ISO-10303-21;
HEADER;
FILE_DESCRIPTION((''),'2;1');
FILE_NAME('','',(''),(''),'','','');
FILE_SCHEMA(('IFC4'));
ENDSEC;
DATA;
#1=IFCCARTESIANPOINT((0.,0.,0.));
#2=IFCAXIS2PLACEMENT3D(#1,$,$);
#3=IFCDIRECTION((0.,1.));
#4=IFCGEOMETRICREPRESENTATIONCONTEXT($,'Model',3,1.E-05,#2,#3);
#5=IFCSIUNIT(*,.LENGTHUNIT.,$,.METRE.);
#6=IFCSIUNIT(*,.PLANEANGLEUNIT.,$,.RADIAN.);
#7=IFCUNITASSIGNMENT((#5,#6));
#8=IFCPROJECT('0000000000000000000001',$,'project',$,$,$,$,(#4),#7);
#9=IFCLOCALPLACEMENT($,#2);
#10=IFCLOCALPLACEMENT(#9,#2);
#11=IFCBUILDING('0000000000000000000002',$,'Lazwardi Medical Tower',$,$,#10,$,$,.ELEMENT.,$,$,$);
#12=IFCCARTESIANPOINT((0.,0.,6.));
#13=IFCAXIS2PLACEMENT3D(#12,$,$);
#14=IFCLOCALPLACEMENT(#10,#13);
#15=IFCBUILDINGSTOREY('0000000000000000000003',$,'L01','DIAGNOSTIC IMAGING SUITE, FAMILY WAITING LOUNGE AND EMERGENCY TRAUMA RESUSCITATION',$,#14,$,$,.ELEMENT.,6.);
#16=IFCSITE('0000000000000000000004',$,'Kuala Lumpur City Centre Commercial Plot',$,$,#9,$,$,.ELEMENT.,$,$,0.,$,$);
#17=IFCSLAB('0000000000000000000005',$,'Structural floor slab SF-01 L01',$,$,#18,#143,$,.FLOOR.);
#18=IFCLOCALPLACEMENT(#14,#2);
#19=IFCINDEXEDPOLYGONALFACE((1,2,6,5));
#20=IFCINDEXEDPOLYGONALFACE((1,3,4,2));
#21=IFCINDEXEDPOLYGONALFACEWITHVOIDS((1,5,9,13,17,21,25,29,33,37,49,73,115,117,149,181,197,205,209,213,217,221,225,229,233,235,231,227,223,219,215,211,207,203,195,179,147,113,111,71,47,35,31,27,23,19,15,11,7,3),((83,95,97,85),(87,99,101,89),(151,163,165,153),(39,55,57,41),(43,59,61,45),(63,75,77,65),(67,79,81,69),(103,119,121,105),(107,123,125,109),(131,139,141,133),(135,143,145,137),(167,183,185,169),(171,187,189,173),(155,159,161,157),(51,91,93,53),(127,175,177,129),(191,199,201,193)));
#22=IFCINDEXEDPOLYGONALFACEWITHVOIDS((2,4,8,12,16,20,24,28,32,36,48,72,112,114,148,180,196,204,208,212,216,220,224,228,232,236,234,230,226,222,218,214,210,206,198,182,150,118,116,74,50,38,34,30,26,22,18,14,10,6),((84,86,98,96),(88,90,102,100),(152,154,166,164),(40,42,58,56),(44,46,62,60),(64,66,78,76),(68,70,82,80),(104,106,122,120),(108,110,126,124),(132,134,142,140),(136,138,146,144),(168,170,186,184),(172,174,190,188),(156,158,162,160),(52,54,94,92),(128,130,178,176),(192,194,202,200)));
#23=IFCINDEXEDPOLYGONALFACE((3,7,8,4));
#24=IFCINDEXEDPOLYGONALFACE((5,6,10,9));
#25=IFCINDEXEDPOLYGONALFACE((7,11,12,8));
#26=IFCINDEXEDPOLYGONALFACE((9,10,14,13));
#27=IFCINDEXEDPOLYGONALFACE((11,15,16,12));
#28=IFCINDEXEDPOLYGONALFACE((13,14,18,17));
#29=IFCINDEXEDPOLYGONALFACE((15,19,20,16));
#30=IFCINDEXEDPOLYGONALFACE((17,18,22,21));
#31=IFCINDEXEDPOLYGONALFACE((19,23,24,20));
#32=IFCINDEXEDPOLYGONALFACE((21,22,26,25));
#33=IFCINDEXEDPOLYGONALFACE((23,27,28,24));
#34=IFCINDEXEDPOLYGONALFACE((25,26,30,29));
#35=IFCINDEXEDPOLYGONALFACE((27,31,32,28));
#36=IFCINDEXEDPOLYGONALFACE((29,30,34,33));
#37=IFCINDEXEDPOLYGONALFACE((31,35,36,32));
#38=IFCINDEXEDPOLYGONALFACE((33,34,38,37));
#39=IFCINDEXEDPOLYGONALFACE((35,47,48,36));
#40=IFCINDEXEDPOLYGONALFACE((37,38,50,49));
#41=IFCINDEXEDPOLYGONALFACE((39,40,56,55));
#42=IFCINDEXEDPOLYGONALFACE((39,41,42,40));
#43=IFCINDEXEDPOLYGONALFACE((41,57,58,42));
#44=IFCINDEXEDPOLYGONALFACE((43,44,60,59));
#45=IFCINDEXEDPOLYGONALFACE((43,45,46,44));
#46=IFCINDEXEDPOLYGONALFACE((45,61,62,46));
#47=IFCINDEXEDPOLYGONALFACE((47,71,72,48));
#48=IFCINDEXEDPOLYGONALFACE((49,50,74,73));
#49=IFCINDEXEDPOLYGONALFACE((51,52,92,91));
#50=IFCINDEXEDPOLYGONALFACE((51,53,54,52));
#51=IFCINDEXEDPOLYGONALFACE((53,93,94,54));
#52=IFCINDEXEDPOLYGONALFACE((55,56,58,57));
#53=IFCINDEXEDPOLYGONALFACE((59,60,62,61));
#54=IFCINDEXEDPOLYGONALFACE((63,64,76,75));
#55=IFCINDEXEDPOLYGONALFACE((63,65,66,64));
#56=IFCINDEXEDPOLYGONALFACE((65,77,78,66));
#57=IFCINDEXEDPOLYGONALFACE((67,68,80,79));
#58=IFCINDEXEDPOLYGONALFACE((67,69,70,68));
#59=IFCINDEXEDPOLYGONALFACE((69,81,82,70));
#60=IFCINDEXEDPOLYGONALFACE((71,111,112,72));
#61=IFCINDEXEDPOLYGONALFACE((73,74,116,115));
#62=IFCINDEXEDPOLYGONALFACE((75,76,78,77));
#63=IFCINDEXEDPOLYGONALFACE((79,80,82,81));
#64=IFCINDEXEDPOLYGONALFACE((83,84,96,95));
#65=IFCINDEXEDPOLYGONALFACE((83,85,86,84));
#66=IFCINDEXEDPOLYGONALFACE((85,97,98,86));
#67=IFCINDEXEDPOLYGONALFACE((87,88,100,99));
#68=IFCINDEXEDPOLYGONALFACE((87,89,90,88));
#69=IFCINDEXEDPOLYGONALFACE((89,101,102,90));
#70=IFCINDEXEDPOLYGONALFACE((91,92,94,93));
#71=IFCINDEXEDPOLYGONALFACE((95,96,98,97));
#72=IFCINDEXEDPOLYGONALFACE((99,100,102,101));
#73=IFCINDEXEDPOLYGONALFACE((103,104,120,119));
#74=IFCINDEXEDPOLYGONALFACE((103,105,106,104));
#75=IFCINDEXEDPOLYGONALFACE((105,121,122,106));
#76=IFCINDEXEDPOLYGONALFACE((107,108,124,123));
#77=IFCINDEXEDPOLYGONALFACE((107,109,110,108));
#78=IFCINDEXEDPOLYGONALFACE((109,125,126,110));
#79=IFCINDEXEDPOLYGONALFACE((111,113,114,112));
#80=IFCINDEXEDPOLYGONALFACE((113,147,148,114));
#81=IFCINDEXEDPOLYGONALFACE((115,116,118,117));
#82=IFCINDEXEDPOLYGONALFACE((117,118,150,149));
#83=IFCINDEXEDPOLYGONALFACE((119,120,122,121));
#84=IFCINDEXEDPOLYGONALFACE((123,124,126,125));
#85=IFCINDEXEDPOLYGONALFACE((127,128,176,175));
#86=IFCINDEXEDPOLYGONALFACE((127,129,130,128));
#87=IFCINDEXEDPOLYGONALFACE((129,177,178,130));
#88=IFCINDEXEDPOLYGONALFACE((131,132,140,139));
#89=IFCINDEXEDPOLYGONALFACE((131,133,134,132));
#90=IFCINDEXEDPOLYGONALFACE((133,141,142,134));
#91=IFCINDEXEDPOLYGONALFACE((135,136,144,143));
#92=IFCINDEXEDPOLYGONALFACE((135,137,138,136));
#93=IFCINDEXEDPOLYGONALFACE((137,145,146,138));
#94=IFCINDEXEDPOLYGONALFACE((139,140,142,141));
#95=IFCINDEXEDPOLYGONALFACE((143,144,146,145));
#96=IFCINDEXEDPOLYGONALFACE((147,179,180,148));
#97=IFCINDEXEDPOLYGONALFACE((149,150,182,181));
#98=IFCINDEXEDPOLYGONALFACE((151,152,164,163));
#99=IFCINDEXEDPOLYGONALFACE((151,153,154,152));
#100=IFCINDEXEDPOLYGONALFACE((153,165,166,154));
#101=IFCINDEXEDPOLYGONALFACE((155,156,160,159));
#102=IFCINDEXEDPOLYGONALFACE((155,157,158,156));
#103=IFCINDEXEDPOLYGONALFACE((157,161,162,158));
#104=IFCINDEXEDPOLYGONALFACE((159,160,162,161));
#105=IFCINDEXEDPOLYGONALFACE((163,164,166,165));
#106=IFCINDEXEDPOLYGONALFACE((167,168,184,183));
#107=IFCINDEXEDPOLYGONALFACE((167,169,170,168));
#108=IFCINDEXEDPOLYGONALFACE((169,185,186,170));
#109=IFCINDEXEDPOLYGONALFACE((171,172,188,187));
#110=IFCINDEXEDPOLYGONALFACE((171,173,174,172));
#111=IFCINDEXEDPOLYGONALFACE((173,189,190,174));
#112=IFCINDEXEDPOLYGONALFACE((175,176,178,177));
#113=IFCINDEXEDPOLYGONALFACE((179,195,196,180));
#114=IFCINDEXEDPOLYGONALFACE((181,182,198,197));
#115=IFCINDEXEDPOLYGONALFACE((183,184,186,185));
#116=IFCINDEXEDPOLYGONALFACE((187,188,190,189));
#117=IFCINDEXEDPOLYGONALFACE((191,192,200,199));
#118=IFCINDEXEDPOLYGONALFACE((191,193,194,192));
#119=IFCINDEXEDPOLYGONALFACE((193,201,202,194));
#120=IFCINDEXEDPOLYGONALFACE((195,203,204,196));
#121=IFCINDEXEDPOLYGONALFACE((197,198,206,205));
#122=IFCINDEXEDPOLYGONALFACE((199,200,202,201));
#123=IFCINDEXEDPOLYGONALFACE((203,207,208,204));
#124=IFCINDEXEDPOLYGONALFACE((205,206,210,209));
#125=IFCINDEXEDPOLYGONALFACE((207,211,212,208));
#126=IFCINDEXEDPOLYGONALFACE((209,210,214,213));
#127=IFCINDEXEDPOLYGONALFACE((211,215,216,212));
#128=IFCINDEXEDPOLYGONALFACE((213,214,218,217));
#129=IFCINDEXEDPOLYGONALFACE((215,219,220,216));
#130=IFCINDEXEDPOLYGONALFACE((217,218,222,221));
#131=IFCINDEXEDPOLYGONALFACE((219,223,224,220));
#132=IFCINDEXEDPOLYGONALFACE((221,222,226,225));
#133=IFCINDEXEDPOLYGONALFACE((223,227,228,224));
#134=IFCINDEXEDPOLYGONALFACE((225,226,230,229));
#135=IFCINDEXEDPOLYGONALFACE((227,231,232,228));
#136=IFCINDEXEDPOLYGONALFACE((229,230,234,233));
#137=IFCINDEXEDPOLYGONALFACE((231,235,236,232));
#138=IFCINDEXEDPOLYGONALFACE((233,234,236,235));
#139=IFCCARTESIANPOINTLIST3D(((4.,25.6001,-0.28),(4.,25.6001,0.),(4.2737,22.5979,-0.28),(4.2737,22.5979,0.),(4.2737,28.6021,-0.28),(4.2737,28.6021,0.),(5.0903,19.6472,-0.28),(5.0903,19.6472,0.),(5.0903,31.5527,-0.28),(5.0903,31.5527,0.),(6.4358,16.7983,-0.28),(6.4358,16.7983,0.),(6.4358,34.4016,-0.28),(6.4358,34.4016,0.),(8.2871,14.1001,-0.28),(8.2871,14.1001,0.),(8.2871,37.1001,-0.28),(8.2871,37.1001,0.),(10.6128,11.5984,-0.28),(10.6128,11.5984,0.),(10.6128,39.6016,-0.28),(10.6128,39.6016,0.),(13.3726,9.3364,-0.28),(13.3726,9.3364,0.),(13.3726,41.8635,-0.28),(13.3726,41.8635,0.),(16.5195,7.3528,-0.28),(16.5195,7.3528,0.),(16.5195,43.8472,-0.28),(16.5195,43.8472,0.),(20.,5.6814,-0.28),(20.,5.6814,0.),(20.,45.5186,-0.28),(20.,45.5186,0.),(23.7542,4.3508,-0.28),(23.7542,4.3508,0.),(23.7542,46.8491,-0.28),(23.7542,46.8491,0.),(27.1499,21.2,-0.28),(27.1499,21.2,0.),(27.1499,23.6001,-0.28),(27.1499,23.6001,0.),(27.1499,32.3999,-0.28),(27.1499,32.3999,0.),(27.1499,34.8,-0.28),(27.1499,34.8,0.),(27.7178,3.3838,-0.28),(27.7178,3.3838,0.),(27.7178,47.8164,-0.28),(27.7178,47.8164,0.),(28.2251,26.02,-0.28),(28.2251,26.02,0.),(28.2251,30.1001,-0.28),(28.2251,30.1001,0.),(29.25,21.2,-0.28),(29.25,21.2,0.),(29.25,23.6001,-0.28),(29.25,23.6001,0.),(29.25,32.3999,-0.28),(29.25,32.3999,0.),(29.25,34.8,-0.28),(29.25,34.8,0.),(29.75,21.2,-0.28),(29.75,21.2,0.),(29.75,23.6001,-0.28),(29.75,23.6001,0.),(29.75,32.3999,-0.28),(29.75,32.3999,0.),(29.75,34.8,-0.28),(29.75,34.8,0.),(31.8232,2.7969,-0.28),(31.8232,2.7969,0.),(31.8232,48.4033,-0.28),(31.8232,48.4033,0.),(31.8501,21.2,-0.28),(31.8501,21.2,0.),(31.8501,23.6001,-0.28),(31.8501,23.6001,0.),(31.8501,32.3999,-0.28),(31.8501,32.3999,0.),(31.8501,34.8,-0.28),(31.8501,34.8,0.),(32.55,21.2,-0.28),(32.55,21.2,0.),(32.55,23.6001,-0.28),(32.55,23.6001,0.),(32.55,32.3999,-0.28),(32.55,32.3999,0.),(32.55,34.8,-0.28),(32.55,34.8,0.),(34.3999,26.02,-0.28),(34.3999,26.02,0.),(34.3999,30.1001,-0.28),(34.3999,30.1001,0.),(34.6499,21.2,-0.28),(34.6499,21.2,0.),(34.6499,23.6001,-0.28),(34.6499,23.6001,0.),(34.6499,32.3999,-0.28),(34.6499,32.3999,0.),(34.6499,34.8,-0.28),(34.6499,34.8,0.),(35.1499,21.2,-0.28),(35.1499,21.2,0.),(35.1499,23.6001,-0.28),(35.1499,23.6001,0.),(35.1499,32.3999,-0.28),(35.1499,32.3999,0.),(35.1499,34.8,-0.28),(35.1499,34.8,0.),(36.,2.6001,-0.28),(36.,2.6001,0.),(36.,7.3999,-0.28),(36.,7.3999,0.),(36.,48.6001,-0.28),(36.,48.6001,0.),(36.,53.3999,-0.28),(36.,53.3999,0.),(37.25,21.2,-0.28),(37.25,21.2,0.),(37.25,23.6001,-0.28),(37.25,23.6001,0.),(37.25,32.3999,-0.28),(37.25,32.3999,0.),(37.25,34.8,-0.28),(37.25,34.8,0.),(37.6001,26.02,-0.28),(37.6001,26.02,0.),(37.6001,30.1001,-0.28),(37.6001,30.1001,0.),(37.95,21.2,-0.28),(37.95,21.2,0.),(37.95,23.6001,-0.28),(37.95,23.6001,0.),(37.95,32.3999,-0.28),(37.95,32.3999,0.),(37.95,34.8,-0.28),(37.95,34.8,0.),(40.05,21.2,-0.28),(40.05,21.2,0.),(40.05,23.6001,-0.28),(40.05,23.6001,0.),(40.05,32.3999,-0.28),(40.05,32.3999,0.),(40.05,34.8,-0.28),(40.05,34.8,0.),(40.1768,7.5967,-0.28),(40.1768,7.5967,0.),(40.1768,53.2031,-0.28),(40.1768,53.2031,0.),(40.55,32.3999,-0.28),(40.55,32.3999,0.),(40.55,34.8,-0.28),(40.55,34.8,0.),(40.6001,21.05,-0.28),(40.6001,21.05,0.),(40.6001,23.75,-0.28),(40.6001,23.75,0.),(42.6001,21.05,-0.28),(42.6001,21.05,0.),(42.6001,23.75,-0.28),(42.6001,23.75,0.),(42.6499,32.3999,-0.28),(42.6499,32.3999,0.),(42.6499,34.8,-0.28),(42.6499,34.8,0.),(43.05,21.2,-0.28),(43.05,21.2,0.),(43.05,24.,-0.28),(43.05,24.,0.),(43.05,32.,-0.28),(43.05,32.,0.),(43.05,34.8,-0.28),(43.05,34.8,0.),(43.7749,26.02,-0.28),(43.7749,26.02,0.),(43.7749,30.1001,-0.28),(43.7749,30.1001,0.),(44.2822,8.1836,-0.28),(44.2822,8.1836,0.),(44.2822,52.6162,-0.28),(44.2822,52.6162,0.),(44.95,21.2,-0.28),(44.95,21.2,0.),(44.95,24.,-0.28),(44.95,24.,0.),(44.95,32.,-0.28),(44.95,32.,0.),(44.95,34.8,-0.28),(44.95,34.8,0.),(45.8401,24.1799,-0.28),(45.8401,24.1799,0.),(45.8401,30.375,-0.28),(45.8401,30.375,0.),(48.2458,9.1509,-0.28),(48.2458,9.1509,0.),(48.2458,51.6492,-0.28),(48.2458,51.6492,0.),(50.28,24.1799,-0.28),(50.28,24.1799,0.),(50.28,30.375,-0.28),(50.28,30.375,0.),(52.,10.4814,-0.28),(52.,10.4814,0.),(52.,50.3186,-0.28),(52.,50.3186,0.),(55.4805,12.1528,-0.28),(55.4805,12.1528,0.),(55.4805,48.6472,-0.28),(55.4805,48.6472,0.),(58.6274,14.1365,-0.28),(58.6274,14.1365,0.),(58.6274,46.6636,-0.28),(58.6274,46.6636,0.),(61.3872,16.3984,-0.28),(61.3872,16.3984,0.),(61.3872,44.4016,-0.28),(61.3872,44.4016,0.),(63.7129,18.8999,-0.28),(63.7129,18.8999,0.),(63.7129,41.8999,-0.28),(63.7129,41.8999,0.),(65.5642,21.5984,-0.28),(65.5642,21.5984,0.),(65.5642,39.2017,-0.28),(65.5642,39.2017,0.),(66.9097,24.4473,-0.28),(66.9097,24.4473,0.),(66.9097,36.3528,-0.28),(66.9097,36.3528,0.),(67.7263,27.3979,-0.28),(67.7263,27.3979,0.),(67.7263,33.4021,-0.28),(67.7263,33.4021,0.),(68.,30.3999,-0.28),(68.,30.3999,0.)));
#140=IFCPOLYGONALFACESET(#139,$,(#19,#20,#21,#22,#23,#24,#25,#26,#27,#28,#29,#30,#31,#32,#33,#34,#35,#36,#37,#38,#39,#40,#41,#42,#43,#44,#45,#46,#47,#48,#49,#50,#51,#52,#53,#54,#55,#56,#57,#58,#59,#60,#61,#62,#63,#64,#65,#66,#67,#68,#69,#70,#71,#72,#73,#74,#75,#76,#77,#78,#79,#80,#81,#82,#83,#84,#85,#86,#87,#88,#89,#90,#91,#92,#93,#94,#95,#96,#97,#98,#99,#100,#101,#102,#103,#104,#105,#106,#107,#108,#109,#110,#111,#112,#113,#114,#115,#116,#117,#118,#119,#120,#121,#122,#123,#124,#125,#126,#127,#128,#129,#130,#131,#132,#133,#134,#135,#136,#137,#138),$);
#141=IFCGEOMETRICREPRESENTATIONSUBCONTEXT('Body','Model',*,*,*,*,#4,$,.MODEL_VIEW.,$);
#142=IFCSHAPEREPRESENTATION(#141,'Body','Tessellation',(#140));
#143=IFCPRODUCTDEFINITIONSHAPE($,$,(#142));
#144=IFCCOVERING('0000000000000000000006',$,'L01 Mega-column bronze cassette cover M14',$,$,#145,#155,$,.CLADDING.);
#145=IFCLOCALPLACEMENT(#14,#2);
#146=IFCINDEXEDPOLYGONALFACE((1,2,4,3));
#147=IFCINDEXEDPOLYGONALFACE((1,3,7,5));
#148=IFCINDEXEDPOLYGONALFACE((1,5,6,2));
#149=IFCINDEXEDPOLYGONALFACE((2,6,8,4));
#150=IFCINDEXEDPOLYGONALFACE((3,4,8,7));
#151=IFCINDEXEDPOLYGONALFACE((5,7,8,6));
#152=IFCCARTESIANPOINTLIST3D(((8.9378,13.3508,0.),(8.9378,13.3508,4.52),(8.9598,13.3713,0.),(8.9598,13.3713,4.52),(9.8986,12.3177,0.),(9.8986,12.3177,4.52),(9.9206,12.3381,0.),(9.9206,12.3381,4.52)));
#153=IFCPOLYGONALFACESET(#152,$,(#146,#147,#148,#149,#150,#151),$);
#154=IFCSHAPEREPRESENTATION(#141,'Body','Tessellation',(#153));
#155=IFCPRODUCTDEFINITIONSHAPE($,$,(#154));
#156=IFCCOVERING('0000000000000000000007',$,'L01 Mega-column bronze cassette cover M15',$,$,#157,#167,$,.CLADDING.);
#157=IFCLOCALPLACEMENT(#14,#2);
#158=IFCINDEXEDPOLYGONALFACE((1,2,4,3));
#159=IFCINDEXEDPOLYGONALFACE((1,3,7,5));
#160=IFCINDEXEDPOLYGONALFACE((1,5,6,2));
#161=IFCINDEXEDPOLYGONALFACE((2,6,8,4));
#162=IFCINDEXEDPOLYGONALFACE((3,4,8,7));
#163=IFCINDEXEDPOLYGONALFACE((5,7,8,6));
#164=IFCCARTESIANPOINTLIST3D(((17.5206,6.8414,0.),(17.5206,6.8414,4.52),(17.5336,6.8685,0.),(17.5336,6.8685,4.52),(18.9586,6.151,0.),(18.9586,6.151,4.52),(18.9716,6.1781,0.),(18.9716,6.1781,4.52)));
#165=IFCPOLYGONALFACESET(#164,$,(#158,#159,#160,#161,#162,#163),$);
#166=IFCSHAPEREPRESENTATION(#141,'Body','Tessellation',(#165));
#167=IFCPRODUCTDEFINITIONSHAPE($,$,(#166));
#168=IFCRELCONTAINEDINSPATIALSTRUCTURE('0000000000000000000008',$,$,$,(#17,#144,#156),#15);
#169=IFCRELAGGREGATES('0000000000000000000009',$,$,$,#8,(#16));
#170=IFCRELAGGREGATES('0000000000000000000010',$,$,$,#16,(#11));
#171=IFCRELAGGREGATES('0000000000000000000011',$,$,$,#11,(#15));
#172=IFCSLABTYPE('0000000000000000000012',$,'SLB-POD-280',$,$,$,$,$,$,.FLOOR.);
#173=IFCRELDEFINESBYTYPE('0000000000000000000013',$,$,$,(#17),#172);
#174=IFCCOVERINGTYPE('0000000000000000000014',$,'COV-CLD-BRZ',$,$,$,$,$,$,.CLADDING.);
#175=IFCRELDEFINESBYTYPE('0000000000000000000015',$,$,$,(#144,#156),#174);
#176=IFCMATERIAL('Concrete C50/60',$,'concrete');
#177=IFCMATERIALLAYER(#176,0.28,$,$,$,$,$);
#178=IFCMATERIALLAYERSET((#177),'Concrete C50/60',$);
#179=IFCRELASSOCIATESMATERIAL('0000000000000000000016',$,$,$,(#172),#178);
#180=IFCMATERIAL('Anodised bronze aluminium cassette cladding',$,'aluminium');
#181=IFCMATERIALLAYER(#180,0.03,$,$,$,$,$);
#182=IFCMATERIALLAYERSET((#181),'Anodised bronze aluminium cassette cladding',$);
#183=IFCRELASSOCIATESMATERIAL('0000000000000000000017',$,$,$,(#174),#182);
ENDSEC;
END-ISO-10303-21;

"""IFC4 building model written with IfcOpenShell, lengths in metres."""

from ifc_helpers import new_model, si_unit, direction, frame, origin, origin_2d, place, context, subcontext, project, spatial, polyline, rectangle, outline, extrude, material, layer, layer_set, type_object, element, save


model = new_model("IFC4")

# Units and contexts
model_context = context("Model", 3, precision=1e-05, world=origin(), true_north=direction((0.0, 1.0)))
body_context = subcontext(model_context, "Body", "Model", "MODEL_VIEW")
ifc_project = project(units=[si_unit("LENGTHUNIT", "METRE"), si_unit("PLANEANGLEUNIT", "RADIAN")], contexts=[model_context])

# Site, building, storey
site_placement = place(None, origin())
site = spatial("IfcSite", under=ifc_project, at=site_placement, Name="Kuala Lumpur City Centre Commercial Plot", CompositionType="ELEMENT", RefElevation=0.0)
building_placement = place(site_placement, origin())
building = spatial("IfcBuilding", under=site, at=building_placement, Name="Lazwardi Medical Tower", CompositionType="ELEMENT")
storey_placement = place(building_placement, frame((0.0, 0.0, 6.0)))
storey = spatial("IfcBuildingStorey", under=building, at=storey_placement, Name="L01", Description="DIAGNOSTIC IMAGING SUITE, FAMILY WAITING LOUNGE AND EMERGENCY TRAUMA RESUSCITATION", CompositionType="ELEMENT", Elevation=6.0)

# Slab
ifc_material_1 = material(Name="Concrete C50/60", Category="concrete")
ifc_layer_1 = layer(ifc_material_1, 0.28)
ifc_layer_set_1 = layer_set([ifc_layer_1], Name="Concrete C50/60")
slab_type_1 = type_object("IfcSlabType", Name="SLB-POD-280", PredefinedType="FLOOR", material=ifc_layer_set_1)
slab_1_placement = place(storey_placement, frame((0.0, 0.0, -0.28)))
element("IfcSlab", 1, at=slab_1_placement, inside=storey, type_object=slab_type_1, Name="Structural floor slab SF-01 L01", PredefinedType="FLOOR", context=body_context, shape_type="SweptSolid", body=[
    extrude(outline(polyline([(6.4358, 34.4016), (5.0903, 31.5527), (4.2737, 28.6021), (4.0, 25.6001), (4.2737, 22.5979), (5.0903, 19.6472), (6.4358, 16.7983), (8.2871, 14.1001), (10.6128, 11.5984), (13.3726, 9.3364), (16.5195, 7.3528), (20.0, 5.6814), (23.7542, 4.3508), (27.7178, 3.3838), (31.8232, 2.7969), (36.0, 2.6001), (36.0, 7.3999), (40.1768, 7.5967), (44.2822, 8.1836), (48.2458, 9.1509), (52.0, 10.4814), (55.4805, 12.1528), (58.6274, 14.1365), (61.3872, 16.3984), (63.7129, 18.8999), (65.5642, 21.5984), (66.9097, 24.4473), (67.7263, 27.3979), (68.0, 30.3999), (67.7263, 33.4021), (66.9097, 36.3528), (65.5642, 39.2017), (63.7129, 41.8999), (61.3872, 44.4016), (58.6274, 46.6636), (55.4805, 48.6472), (52.0, 50.3186), (48.2458, 51.6492), (44.2822, 52.6162), (40.1768, 53.2031), (36.0, 53.3999), (36.0, 48.6001), (31.8232, 48.4033), (27.7178, 47.8164), (23.7542, 46.8491), (20.0, 45.5186), (16.5195, 43.8472), (13.3726, 41.8635), (10.6128, 39.6016), (8.2871, 37.1001), (6.4358, 34.4016)]), holes=[polyline([(28.2251, 26.02), (28.2251, 30.1001), (34.3999, 30.1001), (34.3999, 26.02), (28.2251, 26.02)]), polyline([(37.6001, 30.1001), (43.7749, 30.1001), (43.7749, 26.02), (37.6001, 26.02), (37.6001, 30.1001)]), polyline([(50.28, 30.375), (50.28, 24.1799), (45.8401, 24.1799), (45.8401, 30.375), (50.28, 30.375)]), polyline([(29.25, 32.3999), (27.1499, 32.3999), (27.1499, 34.8), (29.25, 34.8), (29.25, 32.3999)]), polyline([(29.75, 32.3999), (29.75, 34.8), (31.8501, 34.8), (31.8501, 32.3999), (29.75, 32.3999)]), polyline([(27.1499, 23.6001), (29.25, 23.6001), (29.25, 21.2), (27.1499, 21.2), (27.1499, 23.6001)]), polyline([(31.8501, 23.6001), (31.8501, 21.2), (29.75, 21.2), (29.75, 23.6001), (31.8501, 23.6001)]), polyline([(34.6499, 32.3999), (32.55, 32.3999), (32.55, 34.8), (34.6499, 34.8), (34.6499, 32.3999)]), polyline([(35.1499, 32.3999), (35.1499, 34.8), (37.25, 34.8), (37.25, 32.3999), (35.1499, 32.3999)]), polyline([(32.55, 23.6001), (34.6499, 23.6001), (34.6499, 21.2), (32.55, 21.2), (32.55, 23.6001)]), polyline([(37.25, 23.6001), (37.25, 21.2), (35.1499, 21.2), (35.1499, 23.6001), (37.25, 23.6001)]), polyline([(40.05, 32.3999), (37.95, 32.3999), (37.95, 34.8), (40.05, 34.8), (40.05, 32.3999)]), polyline([(40.55, 32.3999), (40.55, 34.8), (42.6499, 34.8), (42.6499, 32.3999), (40.55, 32.3999)]), polyline([(37.95, 23.6001), (40.05, 23.6001), (40.05, 21.2), (37.95, 21.2), (37.95, 23.6001)]), polyline([(44.95, 34.8), (44.95, 32.0), (43.05, 32.0), (43.05, 34.8), (44.95, 34.8)]), polyline([(44.95, 21.2), (43.05, 21.2), (43.05, 24.0), (44.95, 24.0), (44.95, 21.2)]), polyline([(40.6001, 21.05), (40.6001, 23.75), (42.6001, 23.75), (42.6001, 21.05), (40.6001, 21.05)])]), origin(), (0.0, 0.0, 1.0), 0.28),
])

# Coverings
ifc_material_2 = material(Name="Anodised bronze aluminium cassette cladding", Category="aluminium")
ifc_layer_2 = layer(ifc_material_2, 0.03)
ifc_layer_set_2 = layer_set([ifc_layer_2], Name="Anodised bronze aluminium cassette cladding")
covering_type = type_object("IfcCoveringType", Name="COV-CLD-BRZ", PredefinedType="CLADDING", material=ifc_layer_set_2)
covering_1_placement = place(storey_placement, frame((9.4292, 12.8445, 0.0), z_axis=(0.0, 0.0, 1.0), x_axis=(0.681019, -0.732266, 0.0)))
element("IfcCovering", 2, at=covering_1_placement, inside=storey, type_object=covering_type, Name="L01 Mega-column bronze cassette cover M14", PredefinedType="CLADDING", context=body_context, shape_type="SweptSolid", body=[
    extrude(rectangle(XDim=1.4109, YDim=0.03, at=origin_2d()), origin(), (0.0, 0.0, 1.0), 4.52),
])
covering_2_placement = place(storey_placement, frame((18.2461, 6.5098, 0.0), z_axis=(0.0, 0.0, 1.0), x_axis=(0.901484, -0.432813, 0.0)))
element("IfcCovering", 3, at=covering_2_placement, inside=storey, type_object=covering_type, Name="L01 Mega-column bronze cassette cover M15", PredefinedType="CLADDING", context=body_context, shape_type="SweptSolid", body=[
    extrude(rectangle(XDim=1.5952, YDim=0.03, at=origin_2d()), origin(), (0.0, 0.0, 1.0), 4.52),
])

save(model, "model.ifc")
